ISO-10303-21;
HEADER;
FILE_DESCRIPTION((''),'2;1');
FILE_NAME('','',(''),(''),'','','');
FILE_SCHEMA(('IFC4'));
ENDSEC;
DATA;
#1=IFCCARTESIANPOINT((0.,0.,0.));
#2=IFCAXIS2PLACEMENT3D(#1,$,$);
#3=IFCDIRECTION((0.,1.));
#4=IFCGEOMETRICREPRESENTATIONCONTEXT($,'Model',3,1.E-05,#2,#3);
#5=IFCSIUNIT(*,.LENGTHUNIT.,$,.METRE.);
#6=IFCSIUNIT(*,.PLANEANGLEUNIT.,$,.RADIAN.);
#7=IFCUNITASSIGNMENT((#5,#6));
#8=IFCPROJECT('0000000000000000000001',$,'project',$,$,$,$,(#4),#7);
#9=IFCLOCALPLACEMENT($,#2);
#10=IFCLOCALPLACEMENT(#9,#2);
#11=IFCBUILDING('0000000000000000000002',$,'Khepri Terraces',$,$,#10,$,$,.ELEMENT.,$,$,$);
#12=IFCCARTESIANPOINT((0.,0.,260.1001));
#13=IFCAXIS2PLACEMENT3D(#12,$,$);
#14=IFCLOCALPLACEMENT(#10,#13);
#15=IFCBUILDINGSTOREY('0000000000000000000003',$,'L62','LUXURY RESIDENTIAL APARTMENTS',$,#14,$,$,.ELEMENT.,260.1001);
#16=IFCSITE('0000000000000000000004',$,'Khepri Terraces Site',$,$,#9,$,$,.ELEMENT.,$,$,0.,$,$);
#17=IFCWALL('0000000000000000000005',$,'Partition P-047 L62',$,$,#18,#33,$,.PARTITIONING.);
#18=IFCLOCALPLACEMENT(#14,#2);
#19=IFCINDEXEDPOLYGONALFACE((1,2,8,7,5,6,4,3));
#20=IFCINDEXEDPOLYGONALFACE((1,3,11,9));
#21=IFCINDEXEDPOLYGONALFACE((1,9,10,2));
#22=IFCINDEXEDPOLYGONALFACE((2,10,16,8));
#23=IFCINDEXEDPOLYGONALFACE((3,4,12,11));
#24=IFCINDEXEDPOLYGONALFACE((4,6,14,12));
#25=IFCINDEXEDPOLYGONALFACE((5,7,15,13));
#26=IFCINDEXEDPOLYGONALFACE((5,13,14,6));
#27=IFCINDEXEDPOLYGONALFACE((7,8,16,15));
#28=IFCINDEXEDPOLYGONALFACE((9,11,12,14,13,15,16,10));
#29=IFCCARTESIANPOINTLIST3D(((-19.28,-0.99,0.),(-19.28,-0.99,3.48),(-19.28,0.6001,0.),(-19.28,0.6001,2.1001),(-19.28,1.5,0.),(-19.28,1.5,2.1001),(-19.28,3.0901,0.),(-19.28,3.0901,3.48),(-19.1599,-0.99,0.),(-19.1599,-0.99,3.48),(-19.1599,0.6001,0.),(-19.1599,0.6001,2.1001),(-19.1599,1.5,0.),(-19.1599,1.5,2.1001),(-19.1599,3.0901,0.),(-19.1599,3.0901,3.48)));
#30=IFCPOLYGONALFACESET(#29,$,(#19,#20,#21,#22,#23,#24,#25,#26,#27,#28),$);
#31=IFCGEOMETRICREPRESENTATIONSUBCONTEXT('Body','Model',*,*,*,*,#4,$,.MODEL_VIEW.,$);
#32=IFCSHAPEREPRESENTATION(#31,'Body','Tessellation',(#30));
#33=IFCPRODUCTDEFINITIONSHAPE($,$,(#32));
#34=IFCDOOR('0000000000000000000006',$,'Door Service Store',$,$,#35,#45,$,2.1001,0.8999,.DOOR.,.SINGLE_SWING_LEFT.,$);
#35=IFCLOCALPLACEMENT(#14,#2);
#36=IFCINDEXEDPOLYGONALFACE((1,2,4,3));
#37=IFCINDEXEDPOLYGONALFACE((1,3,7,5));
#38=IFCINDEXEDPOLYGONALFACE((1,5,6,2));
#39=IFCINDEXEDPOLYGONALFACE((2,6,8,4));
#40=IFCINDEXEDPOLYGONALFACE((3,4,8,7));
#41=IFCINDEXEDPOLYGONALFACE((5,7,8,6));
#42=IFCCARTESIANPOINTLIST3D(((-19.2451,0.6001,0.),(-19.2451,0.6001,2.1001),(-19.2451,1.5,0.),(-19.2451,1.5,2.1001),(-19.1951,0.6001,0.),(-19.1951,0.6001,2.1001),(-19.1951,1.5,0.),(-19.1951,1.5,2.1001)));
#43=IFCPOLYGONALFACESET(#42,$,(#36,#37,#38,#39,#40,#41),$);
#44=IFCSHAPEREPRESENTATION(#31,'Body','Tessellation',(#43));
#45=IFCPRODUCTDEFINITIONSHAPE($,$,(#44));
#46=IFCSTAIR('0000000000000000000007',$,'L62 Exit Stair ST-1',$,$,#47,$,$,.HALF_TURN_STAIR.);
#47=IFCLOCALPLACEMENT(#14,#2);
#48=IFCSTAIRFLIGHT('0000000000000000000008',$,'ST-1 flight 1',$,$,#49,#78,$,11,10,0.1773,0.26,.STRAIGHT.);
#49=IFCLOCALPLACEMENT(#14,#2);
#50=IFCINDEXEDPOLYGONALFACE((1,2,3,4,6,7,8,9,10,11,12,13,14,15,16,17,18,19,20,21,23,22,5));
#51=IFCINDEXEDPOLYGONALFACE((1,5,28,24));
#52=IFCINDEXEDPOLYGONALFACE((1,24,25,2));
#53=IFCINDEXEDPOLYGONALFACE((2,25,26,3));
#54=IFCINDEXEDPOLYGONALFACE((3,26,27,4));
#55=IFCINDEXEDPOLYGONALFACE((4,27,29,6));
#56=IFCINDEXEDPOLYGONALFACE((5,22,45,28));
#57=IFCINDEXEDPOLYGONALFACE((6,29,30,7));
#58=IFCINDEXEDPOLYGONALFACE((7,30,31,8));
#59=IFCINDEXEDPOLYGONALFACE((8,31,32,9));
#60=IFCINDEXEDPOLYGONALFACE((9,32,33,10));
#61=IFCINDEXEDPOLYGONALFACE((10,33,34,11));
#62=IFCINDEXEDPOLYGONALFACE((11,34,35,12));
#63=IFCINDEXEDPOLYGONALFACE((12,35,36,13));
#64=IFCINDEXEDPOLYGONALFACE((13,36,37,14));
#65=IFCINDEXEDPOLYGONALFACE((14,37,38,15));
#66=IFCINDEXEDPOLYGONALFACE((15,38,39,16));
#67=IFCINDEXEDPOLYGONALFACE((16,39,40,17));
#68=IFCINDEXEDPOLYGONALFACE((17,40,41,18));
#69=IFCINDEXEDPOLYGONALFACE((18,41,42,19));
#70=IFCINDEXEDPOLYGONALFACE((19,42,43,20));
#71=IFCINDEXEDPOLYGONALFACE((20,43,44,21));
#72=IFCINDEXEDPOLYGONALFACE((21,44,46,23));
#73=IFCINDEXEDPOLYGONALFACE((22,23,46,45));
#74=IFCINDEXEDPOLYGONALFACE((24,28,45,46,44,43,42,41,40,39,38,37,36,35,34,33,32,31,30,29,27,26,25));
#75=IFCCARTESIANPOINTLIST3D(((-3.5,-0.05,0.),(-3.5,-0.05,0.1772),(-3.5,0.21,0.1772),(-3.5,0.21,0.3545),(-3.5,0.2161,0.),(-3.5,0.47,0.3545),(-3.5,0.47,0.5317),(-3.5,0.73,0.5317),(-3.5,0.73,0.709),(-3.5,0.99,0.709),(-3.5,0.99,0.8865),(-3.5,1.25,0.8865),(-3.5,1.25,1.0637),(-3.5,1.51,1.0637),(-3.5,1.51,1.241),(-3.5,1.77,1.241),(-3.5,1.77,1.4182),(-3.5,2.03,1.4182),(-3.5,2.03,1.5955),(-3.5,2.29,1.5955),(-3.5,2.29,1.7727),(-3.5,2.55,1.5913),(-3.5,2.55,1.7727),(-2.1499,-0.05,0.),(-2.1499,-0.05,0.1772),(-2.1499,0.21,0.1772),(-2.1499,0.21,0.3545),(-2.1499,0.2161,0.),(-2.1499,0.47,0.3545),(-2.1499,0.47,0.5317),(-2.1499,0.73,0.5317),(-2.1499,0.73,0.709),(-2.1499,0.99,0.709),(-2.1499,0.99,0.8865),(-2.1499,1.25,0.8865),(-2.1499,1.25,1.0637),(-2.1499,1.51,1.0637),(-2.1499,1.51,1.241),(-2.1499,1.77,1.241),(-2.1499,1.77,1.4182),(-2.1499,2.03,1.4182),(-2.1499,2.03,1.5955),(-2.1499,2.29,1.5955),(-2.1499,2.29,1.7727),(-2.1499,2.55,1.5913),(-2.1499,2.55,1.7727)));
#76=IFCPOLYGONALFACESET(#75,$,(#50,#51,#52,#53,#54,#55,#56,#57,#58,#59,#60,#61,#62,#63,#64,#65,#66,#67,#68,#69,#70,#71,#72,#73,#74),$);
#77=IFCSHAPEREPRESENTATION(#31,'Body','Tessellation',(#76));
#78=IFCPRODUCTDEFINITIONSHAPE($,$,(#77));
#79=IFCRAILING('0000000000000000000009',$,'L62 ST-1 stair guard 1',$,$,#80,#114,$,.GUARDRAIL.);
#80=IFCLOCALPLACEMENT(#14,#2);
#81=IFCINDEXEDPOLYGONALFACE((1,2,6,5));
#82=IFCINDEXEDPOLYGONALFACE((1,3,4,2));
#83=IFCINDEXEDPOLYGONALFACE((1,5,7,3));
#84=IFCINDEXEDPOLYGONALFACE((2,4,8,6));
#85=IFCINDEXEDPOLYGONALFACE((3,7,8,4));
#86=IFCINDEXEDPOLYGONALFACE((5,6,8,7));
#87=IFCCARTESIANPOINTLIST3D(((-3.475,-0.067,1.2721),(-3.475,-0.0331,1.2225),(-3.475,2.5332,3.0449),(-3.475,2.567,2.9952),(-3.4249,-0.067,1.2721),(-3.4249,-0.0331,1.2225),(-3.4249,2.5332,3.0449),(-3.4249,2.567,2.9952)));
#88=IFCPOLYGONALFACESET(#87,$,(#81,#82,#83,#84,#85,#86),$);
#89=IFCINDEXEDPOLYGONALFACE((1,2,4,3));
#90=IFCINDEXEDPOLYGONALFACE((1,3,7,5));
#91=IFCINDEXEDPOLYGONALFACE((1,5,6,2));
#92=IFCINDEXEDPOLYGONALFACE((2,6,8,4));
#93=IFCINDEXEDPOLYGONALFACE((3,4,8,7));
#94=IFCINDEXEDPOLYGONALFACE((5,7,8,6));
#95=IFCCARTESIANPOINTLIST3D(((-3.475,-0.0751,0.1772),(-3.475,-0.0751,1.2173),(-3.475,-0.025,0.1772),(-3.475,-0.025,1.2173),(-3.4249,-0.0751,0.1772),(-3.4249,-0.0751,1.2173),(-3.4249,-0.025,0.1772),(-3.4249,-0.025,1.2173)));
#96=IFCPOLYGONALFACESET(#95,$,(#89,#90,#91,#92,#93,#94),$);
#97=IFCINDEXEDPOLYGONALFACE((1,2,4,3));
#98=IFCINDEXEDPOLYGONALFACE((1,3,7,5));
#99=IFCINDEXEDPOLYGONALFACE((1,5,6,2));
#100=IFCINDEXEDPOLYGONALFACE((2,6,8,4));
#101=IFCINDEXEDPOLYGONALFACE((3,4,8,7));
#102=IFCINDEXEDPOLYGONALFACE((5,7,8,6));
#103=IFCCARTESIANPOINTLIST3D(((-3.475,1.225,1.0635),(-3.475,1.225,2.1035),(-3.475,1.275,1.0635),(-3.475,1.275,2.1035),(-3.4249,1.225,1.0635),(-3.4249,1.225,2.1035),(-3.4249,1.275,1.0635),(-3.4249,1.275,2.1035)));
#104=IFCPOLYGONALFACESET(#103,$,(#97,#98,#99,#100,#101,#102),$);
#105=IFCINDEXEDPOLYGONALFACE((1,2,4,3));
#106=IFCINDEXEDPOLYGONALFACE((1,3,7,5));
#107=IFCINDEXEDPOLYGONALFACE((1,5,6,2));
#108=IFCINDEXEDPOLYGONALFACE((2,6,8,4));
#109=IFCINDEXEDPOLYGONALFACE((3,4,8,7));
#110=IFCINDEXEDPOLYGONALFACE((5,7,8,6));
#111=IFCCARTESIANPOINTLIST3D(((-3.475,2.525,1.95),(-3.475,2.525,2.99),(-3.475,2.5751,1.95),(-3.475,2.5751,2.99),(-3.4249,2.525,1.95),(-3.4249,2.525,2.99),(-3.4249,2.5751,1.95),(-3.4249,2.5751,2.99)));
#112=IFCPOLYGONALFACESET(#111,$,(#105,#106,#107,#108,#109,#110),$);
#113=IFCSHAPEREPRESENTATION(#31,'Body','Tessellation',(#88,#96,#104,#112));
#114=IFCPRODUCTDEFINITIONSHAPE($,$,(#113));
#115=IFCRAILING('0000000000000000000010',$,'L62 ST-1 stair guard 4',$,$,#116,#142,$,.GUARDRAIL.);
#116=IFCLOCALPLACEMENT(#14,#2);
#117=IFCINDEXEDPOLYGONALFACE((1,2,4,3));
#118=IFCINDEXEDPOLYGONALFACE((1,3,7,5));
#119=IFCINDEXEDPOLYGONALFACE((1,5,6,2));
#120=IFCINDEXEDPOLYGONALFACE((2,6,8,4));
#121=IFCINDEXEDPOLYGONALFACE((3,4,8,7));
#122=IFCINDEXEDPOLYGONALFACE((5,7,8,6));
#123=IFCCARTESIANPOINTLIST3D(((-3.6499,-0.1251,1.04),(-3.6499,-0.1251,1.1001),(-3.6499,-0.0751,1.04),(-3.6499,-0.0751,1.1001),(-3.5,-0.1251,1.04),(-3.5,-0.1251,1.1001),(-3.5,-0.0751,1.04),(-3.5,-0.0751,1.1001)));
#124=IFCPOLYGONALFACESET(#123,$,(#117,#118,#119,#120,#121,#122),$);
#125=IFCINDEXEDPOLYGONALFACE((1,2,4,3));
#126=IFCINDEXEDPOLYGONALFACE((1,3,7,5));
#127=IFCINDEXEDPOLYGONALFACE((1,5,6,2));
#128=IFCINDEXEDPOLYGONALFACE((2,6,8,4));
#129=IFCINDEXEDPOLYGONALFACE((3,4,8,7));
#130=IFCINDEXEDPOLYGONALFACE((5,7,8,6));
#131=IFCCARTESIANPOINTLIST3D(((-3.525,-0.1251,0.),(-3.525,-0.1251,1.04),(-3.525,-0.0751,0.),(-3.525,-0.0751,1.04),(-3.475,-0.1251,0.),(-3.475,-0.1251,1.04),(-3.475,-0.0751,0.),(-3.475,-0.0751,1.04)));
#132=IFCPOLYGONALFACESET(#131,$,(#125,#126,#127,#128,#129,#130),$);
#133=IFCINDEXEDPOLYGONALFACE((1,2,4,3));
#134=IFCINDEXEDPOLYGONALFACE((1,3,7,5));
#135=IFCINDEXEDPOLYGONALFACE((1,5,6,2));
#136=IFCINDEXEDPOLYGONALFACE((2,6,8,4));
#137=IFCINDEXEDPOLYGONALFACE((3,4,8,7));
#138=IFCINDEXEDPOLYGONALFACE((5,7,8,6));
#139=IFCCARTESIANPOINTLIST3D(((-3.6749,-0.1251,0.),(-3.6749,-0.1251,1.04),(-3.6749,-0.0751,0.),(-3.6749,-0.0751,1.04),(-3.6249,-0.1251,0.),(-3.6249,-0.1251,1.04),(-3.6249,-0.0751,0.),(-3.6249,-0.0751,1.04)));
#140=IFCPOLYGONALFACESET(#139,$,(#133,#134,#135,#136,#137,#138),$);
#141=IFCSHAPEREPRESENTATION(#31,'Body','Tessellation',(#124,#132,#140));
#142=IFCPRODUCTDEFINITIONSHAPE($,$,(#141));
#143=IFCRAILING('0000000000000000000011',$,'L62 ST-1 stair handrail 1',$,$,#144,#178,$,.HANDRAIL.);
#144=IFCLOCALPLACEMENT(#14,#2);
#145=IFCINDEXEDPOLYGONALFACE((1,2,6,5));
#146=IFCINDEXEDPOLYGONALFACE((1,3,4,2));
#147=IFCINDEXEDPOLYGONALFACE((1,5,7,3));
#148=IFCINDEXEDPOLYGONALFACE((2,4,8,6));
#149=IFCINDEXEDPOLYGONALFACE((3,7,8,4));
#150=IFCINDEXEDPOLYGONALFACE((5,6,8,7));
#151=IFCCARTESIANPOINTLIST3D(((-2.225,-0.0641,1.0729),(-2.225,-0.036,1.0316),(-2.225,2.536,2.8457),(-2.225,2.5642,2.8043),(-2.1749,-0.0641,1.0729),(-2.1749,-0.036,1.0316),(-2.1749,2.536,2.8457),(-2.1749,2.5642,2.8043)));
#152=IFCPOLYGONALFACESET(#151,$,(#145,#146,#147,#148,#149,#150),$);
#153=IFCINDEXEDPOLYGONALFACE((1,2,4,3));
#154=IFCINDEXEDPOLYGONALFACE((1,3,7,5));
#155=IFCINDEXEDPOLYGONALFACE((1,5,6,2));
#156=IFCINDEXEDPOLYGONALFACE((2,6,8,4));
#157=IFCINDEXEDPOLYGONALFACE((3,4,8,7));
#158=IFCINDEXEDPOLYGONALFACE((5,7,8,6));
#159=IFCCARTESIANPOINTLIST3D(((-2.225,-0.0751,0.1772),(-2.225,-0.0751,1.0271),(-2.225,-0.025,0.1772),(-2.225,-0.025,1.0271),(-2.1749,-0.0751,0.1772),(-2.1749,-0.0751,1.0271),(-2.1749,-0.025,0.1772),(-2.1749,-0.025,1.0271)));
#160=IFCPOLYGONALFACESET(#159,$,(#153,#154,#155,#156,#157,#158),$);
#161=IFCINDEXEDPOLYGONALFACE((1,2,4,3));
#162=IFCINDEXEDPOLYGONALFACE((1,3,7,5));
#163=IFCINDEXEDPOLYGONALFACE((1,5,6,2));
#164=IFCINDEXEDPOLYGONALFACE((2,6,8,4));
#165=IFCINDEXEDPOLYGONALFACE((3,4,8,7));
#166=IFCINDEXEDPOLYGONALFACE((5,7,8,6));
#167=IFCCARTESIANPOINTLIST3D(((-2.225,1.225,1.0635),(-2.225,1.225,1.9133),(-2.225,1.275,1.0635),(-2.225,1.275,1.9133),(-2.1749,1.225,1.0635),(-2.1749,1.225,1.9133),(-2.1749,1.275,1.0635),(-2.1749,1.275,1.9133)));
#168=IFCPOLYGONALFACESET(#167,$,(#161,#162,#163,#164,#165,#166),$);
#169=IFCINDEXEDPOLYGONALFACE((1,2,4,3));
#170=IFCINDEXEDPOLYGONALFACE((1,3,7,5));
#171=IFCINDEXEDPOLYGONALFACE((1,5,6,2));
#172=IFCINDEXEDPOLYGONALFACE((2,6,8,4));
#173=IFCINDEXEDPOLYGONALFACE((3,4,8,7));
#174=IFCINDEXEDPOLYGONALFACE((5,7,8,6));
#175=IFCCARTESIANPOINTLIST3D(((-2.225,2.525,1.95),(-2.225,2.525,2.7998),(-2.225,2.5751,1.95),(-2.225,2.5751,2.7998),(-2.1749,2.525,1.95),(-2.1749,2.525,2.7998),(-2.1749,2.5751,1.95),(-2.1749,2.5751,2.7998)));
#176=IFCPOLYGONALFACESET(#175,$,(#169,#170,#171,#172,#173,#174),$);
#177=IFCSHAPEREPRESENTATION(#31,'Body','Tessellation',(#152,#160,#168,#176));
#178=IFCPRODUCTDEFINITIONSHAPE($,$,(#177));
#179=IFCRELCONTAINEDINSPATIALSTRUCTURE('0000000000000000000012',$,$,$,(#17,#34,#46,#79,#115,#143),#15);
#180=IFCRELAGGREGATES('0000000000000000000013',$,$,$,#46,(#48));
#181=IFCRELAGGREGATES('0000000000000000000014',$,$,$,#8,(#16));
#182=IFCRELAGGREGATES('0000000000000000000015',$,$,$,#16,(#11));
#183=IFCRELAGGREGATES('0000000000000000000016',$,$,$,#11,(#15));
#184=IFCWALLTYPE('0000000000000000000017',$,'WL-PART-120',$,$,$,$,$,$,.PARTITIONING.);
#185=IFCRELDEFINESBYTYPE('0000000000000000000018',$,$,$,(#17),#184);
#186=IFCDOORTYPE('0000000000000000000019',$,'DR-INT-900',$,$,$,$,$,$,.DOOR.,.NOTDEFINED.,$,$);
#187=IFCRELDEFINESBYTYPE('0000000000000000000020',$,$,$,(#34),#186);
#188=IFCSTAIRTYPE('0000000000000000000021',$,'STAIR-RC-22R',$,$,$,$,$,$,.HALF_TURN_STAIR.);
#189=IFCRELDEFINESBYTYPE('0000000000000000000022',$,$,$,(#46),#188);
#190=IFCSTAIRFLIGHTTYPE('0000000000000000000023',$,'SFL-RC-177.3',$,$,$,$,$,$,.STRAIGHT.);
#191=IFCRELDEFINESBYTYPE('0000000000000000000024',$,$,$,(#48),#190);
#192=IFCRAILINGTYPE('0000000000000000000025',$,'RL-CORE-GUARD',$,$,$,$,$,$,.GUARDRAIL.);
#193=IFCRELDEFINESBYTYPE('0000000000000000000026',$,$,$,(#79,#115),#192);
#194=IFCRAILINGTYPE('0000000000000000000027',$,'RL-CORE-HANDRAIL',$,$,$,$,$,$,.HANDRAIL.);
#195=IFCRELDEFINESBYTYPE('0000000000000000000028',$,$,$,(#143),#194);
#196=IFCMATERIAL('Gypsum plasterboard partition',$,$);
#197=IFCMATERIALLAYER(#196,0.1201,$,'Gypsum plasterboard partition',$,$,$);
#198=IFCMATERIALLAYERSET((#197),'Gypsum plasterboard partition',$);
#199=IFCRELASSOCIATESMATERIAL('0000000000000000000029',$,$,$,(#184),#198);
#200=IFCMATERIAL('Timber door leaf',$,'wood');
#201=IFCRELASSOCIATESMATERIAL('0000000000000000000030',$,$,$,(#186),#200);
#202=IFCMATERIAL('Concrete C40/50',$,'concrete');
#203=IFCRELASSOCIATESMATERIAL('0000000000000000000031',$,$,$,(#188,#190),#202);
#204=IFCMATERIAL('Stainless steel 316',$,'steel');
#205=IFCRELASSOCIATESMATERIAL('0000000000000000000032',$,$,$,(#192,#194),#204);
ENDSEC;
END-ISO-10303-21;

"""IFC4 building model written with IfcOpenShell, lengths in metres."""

from ifc_helpers import new_model, si_unit, direction, frame, frame_2d, origin, origin_2d, place, context, subcontext, project, spatial, polyline, rectangle, outline, extrude, material, layer, layer_set, type_object, element, fill, aggregate, save


model = new_model("IFC4")

# Units and contexts
model_context = context("Model", 3, precision=1e-05, world=origin(), true_north=direction((0.0, 1.0)))
body_context = subcontext(model_context, "Body", "Model", "MODEL_VIEW")
ifc_project = project(units=[si_unit("LENGTHUNIT", "METRE"), si_unit("PLANEANGLEUNIT", "RADIAN")], contexts=[model_context])

# Site, building, storey
site_placement = place(None, origin())
site = spatial("IfcSite", under=ifc_project, at=site_placement, Name="Khepri Terraces Site", CompositionType="ELEMENT", RefElevation=0.0)
building_placement = place(site_placement, origin())
building = spatial("IfcBuilding", under=site, at=building_placement, Name="Khepri Terraces", CompositionType="ELEMENT")
storey_placement = place(building_placement, frame((0.0, 0.0, 260.1001)))
storey = spatial("IfcBuildingStorey", under=building, at=storey_placement, Name="L62", Description="LUXURY RESIDENTIAL APARTMENTS", CompositionType="ELEMENT", Elevation=260.1001)

# Shared definitions
ifc_material_1 = material(Name="Concrete C40/50", Category="concrete")

# Wall, opening, door
ifc_material_2 = material(Name="Gypsum plasterboard partition")
ifc_layer_1 = layer(ifc_material_2, 0.1201, Name="Gypsum plasterboard partition")
ifc_layer_set_1 = layer_set([ifc_layer_1], Name="Gypsum plasterboard partition")
wall_type_1 = type_object("IfcWallType", Name="WL-PART-120", PredefinedType="PARTITIONING", material=ifc_layer_set_1)
wall_1_placement = place(storey_placement, frame((-19.22, -0.99, 0.0), z_axis=(0.0, 0.0, 1.0), x_axis=(0.0, 1.0, 0.0)))
wall_1 = element("IfcWall", 1, at=wall_1_placement, inside=storey, type_object=wall_type_1, Name="Partition P-047 L62", PredefinedType="PARTITIONING", context=body_context, shape_type="SweptSolid", body=[
    extrude(rectangle(XDim=4.0801, YDim=0.1201, at=frame_2d((2.04, 0.0))), origin(), (0.0, 0.0, 1.0), 3.48),
])
opening_1_placement = place(wall_1_placement, frame((1.5901, 0.0, 0.0)))
opening_1 = element("IfcOpeningElement", 2, at=opening_1_placement, cuts=wall_1, PredefinedType="OPENING", context=body_context, shape_type="SweptSolid", body=[
    extrude(rectangle(XDim=0.8999, YDim=2.1001, at=frame_2d((0.45, 1.05))), frame((0.0, 0.0701, 0.0), z_axis=(0.0, -1.0, 0.0), x_axis=(1.0, 0.0, 0.0)), (0.0, 0.0, 1.0), 0.1401),
])
ifc_material_3 = material(Name="Timber door leaf", Category="wood")
door_type_1 = type_object("IfcDoorType", Name="DR-INT-900", OperationType="NOTDEFINED", PredefinedType="DOOR", material=ifc_material_3)
door_1_placement = place(opening_1_placement, frame((0.8999, 0.0, 0.0), z_axis=(0.0, 0.0, 1.0), x_axis=(-1.0, 0.0, 0.0)))
door_1 = element("IfcDoor", 3, at=door_1_placement, inside=storey, type_object=door_type_1, Name="Door Service Store", OperationType="SINGLE_SWING_LEFT", OverallHeight=2.1001, OverallWidth=0.8999, PredefinedType="DOOR", context=body_context, shape_type="SweptSolid", body=[
    extrude(rectangle(XDim=0.8999, YDim=2.1001, at=frame_2d((0.45, 1.05))), frame((0.0, 0.0249, 0.0), z_axis=(0.0, -1.0, 0.0), x_axis=(1.0, 0.0, 0.0)), (0.0, 0.0, 1.0), 0.05),
])
fill(opening_1, door_1)

# Stair, stair flight
stair_type = type_object("IfcStairType", Name="STAIR-RC-22R", PredefinedType="HALF_TURN_STAIR", material=ifc_material_1)
stair_placement = place(storey_placement, origin())
stair = element("IfcStair", 4, at=stair_placement, inside=storey, type_object=stair_type, Name="L62 Exit Stair ST-1", PredefinedType="HALF_TURN_STAIR")
stair_flight_type = type_object("IfcStairFlightType", Name="SFL-RC-177.3", PredefinedType="STRAIGHT", material=ifc_material_1)
stair_flight_placement = place(storey_placement, frame((-2.825, -0.05, 0.0), z_axis=(0.0, 0.0, 1.0), x_axis=(0.0, 1.0, 0.0)))
stair_flight = element("IfcStairFlight", 5, at=stair_flight_placement, type_object=stair_flight_type, Name="ST-1 flight 1", NumberOfRisers=11, NumberOfTreads=10, PredefinedType="STRAIGHT", RiserHeight=0.1773, TreadLength=0.26, context=body_context, shape_type="SweptSolid", body=[
    extrude(outline(polyline([(0.0, 0.0), (0.0, 0.1772), (0.26, 0.1772), (0.26, 0.3545), (0.52, 0.3545), (0.52, 0.5317), (0.78, 0.5317), (0.78, 0.709), (1.04, 0.709), (1.04, 0.8865), (1.3, 0.8865), (1.3, 1.0637), (1.5601, 1.0637), (1.5601, 1.241), (1.8201, 1.241), (1.8201, 1.4182), (2.0801, 1.4182), (2.0801, 1.5955), (2.3401, 1.5955), (2.3401, 1.7727), (2.6001, 1.7727), (2.6001, 1.95), (2.6001, 1.5913), (0.2661, 0.0), (0.0, 0.0)])), frame((0.0, 0.675, 0.0), z_axis=(0.0, -1.0, 0.0), x_axis=(1.0, 0.0, 0.0)), (0.0, 0.0, 1.0), 1.3501),
])
aggregate(stair, [stair_flight])

# Railings
ifc_material_4 = material(Name="Stainless steel 316", Category="steel")
railing_type_1 = type_object("IfcRailingType", Name="RL-CORE-GUARD", PredefinedType="GUARDRAIL", material=ifc_material_4)
railing_1_placement = place(storey_placement, frame((-3.45, -0.05, 0.1772)))
element("IfcRailing", 6, at=railing_1_placement, inside=storey, type_object=railing_type_1, Name="L62 ST-1 stair guard 1", PredefinedType="GUARDRAIL", context=body_context, shape_type="SweptSolid", body=[
    extrude(rectangle(XDim=0.05, YDim=0.0601, at=origin_2d()), frame((0.0, 0.0, 1.0701), z_axis=(0.0, 0.82624, 0.563318), x_axis=(-1.0, 0.0, 0.0)), (0.0, 0.0, 1.0), 3.147),
    extrude(rectangle(XDim=0.05, YDim=0.05, at=origin_2d()), origin(), (0.0, 0.0, 1.0), 1.04),
    extrude(rectangle(XDim=0.05, YDim=0.05, at=origin_2d()), frame((0.0, 1.3, 0.8862)), (0.0, 0.0, 1.0), 1.04),
    extrude(rectangle(XDim=0.05, YDim=0.05, at=origin_2d()), frame((0.0, 2.6001, 1.7727)), (0.0, 0.0, 1.0), 1.04),
])
railing_2_placement = place(storey_placement, frame((-3.5, -0.1001, 0.0)))
element("IfcRailing", 7, at=railing_2_placement, inside=storey, type_object=railing_type_1, Name="L62 ST-1 stair guard 4", PredefinedType="GUARDRAIL", context=body_context, shape_type="SweptSolid", body=[
    extrude(rectangle(XDim=0.05, YDim=0.0601, at=origin_2d()), frame((0.0, 0.0, 1.0701), z_axis=(-1.0, 0.0, 0.0), x_axis=(0.0, -1.0, 0.0)), (0.0, 0.0, 1.0), 0.1499),
    extrude(rectangle(XDim=0.05, YDim=0.05, at=origin_2d()), origin(), (0.0, 0.0, 1.0), 1.04),
    extrude(rectangle(XDim=0.05, YDim=0.05, at=origin_2d()), frame((-0.1499, 0.0, 0.0)), (0.0, 0.0, 1.0), 1.04),
])
railing_type_2 = type_object("IfcRailingType", Name="RL-CORE-HANDRAIL", PredefinedType="HANDRAIL", material=ifc_material_4)
railing_3_placement = place(storey_placement, frame((-2.2, -0.05, 0.1772)))
element("IfcRailing", 8, at=railing_3_placement, inside=storey, type_object=railing_type_2, Name="L62 ST-1 stair handrail 1", PredefinedType="HANDRAIL", context=body_context, shape_type="SweptSolid", body=[
    extrude(rectangle(XDim=0.05, YDim=0.05, at=origin_2d()), frame((0.0, 0.0, 0.875), z_axis=(0.0, 0.82624, 0.563318), x_axis=(-1.0, 0.0, 0.0)), (0.0, 0.0, 1.0), 3.147),
    extrude(rectangle(XDim=0.05, YDim=0.05, at=origin_2d()), origin(), (0.0, 0.0, 1.0), 0.8499),
    extrude(rectangle(XDim=0.05, YDim=0.05, at=origin_2d()), frame((0.0, 1.3, 0.8862)), (0.0, 0.0, 1.0), 0.8499),
    extrude(rectangle(XDim=0.05, YDim=0.05, at=origin_2d()), frame((0.0, 2.6001, 1.7727)), (0.0, 0.0, 1.0), 0.8499),
])

save(model, "model.ifc")
